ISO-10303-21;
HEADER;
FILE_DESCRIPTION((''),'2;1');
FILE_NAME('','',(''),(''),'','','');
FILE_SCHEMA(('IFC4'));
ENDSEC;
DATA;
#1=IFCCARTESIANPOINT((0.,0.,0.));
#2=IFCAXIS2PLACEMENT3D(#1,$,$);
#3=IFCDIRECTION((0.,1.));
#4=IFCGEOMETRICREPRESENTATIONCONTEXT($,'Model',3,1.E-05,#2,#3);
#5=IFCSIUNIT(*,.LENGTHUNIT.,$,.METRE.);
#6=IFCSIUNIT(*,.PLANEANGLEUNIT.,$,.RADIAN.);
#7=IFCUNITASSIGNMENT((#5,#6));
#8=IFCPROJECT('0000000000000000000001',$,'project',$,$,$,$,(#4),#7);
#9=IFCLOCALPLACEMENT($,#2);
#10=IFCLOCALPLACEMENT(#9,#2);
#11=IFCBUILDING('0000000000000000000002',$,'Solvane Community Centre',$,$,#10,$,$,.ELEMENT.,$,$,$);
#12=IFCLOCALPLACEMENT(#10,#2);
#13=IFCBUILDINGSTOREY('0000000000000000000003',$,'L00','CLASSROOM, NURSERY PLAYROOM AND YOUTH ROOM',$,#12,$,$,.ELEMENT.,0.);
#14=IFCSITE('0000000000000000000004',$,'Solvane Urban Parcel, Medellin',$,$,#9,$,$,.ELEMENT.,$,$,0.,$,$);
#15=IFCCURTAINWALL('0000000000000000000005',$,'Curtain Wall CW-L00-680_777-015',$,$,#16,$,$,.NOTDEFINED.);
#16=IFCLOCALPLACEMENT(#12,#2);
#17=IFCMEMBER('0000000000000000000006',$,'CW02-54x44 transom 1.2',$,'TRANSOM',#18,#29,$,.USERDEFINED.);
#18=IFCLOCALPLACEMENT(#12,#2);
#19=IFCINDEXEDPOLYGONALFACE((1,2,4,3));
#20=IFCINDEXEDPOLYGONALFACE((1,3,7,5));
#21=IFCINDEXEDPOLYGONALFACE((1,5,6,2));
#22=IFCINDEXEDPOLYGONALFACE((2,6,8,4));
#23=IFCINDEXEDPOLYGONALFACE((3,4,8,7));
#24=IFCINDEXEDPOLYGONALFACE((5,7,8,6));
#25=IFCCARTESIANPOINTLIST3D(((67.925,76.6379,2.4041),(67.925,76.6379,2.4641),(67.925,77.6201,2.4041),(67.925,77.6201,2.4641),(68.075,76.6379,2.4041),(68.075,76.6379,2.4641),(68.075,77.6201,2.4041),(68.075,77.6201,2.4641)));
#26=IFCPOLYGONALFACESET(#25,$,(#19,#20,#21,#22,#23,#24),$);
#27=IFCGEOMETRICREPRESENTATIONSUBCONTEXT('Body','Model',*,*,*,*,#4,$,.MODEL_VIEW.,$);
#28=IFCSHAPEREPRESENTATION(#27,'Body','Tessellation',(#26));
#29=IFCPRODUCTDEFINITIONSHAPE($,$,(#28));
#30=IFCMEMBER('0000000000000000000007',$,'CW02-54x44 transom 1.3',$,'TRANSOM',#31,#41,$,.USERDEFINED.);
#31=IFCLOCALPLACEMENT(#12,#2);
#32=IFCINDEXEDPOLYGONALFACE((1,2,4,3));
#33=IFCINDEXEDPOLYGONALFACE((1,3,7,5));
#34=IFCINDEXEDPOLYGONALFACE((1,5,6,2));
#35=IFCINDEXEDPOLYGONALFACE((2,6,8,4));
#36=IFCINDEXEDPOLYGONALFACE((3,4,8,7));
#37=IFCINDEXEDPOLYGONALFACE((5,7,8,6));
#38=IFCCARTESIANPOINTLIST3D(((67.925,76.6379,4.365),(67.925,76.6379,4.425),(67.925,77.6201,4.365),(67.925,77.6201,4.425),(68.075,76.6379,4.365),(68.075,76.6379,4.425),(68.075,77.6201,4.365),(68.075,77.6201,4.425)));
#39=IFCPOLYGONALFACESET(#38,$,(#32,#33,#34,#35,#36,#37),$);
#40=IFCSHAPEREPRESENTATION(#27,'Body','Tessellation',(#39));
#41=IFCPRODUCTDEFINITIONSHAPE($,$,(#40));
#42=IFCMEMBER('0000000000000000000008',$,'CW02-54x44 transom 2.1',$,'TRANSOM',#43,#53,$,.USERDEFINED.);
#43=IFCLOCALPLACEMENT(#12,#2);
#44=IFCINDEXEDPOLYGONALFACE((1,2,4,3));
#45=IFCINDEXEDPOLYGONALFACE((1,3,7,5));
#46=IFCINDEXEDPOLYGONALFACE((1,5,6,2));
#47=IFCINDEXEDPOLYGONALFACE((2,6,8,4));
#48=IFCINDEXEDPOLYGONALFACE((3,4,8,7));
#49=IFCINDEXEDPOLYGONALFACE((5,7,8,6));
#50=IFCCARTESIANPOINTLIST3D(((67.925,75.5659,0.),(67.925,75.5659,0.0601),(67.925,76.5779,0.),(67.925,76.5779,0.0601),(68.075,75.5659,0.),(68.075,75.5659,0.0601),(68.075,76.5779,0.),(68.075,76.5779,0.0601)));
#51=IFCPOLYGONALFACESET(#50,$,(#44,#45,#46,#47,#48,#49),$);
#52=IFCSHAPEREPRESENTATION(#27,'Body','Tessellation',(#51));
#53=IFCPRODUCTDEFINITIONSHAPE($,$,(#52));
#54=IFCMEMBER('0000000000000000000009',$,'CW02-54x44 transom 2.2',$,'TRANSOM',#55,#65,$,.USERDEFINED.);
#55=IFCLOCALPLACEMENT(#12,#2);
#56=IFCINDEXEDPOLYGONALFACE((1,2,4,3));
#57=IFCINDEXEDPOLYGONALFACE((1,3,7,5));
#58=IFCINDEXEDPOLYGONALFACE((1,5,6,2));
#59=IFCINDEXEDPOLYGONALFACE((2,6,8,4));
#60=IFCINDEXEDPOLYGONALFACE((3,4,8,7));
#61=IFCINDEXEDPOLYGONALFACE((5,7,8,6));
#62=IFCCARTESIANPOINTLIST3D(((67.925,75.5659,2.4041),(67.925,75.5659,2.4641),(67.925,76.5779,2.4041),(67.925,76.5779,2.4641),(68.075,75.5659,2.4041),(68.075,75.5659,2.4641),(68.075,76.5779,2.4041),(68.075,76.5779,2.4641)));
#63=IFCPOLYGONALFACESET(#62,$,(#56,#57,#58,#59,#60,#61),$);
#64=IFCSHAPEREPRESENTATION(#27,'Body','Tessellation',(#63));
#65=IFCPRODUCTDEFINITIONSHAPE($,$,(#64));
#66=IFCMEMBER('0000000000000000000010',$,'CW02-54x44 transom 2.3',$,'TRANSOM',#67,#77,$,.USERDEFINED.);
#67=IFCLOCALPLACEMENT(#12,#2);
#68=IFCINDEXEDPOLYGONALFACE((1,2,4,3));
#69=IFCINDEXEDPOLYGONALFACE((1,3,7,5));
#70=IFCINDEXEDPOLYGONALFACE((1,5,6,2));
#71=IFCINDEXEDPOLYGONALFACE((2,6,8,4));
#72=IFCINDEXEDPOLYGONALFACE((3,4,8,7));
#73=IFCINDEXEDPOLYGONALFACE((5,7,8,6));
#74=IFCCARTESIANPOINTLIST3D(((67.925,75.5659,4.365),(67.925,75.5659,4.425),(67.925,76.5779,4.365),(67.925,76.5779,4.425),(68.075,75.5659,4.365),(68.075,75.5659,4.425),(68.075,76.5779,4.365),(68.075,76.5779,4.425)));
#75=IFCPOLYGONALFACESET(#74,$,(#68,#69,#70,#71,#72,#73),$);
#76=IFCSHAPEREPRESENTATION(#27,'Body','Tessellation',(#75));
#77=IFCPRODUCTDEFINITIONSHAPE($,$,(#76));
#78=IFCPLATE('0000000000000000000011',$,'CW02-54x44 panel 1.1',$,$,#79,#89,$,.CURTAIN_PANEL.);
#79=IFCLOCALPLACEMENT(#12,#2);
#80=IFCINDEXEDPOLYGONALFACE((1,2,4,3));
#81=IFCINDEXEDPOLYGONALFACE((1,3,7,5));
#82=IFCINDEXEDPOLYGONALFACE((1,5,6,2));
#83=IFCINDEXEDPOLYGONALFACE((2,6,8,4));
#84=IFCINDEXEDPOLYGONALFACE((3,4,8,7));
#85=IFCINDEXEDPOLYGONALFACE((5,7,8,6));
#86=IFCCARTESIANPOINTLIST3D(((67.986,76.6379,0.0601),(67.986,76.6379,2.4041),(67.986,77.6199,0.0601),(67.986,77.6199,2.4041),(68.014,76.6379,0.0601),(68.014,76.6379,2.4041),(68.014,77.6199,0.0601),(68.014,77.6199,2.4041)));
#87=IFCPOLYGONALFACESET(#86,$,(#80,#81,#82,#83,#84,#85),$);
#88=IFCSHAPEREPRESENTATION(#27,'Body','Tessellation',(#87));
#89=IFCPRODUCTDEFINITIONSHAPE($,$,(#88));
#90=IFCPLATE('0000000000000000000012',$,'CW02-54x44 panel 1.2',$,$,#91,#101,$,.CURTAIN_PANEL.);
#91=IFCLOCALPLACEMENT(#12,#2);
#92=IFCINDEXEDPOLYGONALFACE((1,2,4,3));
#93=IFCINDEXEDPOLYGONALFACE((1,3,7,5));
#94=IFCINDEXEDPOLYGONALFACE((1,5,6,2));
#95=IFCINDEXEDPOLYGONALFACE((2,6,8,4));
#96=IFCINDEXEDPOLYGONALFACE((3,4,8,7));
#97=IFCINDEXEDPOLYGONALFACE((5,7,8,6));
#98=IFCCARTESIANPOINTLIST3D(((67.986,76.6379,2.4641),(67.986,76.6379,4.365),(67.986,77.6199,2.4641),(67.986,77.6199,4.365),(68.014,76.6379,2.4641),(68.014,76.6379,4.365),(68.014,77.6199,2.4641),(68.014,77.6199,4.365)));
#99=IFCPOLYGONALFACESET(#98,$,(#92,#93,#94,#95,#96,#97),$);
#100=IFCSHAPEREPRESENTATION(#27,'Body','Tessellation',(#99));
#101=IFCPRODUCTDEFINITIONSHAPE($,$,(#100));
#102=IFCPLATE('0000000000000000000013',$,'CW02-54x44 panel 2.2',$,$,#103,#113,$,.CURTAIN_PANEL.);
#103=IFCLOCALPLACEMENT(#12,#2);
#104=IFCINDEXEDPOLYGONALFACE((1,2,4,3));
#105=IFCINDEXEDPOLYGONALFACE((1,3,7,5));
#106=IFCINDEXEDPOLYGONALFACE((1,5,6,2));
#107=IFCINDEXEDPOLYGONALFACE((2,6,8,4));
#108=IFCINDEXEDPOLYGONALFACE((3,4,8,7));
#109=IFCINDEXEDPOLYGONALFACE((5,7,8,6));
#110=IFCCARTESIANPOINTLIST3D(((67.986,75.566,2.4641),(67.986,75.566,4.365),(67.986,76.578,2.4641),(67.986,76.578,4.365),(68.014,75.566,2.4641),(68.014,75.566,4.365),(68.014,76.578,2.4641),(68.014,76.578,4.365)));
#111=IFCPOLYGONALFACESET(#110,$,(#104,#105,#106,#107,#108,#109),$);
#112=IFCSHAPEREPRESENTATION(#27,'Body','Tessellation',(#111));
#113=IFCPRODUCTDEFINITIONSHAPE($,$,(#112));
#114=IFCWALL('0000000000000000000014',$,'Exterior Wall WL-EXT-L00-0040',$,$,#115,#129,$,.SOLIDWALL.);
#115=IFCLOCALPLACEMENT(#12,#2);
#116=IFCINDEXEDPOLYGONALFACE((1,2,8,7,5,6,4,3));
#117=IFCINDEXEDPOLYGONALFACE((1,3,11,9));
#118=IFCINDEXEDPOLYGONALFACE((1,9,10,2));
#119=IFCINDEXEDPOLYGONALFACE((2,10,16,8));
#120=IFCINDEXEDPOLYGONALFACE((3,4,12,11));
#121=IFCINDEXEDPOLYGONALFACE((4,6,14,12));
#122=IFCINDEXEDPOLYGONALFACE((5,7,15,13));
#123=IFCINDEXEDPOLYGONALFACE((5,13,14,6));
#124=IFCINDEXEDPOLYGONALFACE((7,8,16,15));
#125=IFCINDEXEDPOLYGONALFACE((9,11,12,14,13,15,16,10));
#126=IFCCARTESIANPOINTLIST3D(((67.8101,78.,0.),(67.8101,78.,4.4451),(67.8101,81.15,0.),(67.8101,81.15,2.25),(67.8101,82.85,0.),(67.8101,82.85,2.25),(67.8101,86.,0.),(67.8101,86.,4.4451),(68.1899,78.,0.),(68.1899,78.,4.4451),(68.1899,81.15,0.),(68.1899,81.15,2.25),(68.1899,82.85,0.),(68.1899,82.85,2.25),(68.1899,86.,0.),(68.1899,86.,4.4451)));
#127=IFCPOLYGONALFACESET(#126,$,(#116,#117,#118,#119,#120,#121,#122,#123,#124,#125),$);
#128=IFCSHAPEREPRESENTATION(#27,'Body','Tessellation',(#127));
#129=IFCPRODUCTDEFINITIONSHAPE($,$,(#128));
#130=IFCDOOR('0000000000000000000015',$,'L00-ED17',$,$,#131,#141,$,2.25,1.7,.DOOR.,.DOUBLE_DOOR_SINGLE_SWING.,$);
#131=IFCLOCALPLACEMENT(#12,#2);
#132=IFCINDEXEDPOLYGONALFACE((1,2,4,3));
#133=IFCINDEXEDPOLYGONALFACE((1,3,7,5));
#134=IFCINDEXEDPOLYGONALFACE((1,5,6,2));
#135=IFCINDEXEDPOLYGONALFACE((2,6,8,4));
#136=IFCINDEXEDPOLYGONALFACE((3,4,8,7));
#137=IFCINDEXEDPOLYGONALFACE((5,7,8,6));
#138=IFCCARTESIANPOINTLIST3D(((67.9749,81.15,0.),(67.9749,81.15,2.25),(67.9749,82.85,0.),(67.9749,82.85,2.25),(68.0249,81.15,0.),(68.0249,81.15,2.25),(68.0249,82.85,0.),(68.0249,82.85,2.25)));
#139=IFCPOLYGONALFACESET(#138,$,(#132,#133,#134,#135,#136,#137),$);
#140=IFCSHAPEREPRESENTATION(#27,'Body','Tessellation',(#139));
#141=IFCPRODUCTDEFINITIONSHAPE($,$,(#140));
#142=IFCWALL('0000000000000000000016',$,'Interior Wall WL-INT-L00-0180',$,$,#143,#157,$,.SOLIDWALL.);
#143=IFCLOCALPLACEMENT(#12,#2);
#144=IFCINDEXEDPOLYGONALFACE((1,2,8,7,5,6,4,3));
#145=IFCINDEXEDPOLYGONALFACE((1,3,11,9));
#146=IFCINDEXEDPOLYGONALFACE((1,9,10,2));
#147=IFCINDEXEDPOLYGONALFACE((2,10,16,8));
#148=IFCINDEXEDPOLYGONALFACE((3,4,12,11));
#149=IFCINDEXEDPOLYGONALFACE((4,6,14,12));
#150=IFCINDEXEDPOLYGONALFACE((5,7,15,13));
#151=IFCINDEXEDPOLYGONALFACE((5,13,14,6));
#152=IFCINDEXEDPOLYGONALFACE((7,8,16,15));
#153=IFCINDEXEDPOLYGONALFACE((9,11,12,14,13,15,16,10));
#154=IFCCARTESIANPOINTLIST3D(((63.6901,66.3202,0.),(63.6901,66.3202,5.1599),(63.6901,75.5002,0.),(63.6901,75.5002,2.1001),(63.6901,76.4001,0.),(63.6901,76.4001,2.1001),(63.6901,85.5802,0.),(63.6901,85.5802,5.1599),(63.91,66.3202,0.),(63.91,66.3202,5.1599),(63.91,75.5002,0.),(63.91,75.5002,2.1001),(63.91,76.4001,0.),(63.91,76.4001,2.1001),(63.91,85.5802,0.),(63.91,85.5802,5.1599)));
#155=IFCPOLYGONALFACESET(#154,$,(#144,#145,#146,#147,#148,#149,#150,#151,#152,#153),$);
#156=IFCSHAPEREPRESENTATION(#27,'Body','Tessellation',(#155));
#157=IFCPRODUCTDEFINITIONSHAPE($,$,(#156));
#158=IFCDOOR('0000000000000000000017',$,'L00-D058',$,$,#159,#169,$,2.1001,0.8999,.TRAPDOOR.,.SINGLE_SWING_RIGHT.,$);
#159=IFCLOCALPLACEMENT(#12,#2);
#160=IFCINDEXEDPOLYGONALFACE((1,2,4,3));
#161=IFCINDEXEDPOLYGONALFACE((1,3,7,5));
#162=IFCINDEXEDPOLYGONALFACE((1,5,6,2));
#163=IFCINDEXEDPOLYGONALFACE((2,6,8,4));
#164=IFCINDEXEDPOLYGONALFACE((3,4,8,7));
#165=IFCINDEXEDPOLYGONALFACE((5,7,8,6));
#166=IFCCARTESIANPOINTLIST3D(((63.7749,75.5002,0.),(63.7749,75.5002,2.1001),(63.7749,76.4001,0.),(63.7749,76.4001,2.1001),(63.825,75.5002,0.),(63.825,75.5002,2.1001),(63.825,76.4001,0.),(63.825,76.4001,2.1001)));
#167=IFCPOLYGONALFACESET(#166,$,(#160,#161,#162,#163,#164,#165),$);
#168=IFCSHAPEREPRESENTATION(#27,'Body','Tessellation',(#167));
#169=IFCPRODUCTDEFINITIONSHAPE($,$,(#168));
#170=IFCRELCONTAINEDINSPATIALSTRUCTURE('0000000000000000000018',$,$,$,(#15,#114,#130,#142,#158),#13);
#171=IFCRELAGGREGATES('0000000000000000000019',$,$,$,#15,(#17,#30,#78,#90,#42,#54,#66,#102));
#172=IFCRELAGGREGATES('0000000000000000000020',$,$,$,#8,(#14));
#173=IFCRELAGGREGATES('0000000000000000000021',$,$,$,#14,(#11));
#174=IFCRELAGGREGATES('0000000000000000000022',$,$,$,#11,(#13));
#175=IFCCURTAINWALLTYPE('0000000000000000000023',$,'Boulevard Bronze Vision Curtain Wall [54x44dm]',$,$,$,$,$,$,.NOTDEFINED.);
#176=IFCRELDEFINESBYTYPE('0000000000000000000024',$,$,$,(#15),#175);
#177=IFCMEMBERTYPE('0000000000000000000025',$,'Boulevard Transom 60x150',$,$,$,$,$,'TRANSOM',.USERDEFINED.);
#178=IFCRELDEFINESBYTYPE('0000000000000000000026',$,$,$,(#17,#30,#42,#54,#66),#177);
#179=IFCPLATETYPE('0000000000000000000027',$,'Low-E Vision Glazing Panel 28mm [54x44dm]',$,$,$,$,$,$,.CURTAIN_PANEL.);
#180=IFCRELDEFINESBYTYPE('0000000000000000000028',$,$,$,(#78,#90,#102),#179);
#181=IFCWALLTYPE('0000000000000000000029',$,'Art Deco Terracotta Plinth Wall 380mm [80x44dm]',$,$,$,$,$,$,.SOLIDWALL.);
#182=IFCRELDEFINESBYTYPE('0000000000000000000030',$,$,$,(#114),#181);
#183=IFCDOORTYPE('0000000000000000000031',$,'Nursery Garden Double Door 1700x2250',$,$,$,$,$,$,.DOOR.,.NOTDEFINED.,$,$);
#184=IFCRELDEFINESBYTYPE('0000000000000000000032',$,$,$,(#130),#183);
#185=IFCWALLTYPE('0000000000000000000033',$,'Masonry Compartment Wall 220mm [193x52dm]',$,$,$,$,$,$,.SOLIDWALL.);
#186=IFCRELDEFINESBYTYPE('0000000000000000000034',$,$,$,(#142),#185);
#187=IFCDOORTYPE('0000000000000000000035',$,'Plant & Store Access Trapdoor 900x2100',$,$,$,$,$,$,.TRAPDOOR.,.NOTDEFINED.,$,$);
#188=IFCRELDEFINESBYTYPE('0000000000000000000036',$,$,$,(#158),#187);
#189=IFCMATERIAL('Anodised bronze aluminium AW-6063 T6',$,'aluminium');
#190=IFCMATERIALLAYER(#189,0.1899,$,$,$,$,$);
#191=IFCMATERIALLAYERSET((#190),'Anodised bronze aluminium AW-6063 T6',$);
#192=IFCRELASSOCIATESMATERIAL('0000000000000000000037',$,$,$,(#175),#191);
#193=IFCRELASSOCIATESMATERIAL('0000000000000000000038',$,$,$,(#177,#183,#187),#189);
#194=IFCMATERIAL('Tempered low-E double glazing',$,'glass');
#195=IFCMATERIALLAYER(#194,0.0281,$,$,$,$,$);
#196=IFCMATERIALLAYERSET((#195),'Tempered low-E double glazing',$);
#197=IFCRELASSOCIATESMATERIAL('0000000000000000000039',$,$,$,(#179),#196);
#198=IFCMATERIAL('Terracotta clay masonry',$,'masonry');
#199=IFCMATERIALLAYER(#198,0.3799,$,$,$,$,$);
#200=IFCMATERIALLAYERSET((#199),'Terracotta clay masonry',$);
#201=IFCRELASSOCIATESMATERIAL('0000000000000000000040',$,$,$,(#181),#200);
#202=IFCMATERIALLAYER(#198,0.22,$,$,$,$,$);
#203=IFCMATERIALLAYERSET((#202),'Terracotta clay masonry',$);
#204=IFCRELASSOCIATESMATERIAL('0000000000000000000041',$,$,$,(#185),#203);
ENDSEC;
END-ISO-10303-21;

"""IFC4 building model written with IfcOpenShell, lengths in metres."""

from ifc_helpers import new_model, si_unit, direction, frame, frame_2d, origin, origin_2d, place, context, subcontext, project, spatial, rectangle, extrude, material, layer, layer_set, material_profile, profile_set, type_object, element, fill, aggregate, save


model = new_model("IFC4")

# Units and contexts
model_context = context("Model", 3, precision=1e-05, world=origin(), true_north=direction((0.0, 1.0)))
body_context = subcontext(model_context, "Body", "Model", "MODEL_VIEW")
ifc_project = project(units=[si_unit("LENGTHUNIT", "METRE"), si_unit("PLANEANGLEUNIT", "RADIAN")], contexts=[model_context])

# Site, building, storey
site_placement = place(None, origin())
site = spatial("IfcSite", under=ifc_project, at=site_placement, Name="Solvane Urban Parcel, Medellin", CompositionType="ELEMENT", RefElevation=0.0)
building_placement = place(site_placement, origin())
building = spatial("IfcBuilding", under=site, at=building_placement, Name="Solvane Community Centre", CompositionType="ELEMENT")
storey_placement = place(building_placement, origin())
storey = spatial("IfcBuildingStorey", under=building, at=storey_placement, Name="L00", Description="CLASSROOM, NURSERY PLAYROOM AND YOUTH ROOM", CompositionType="ELEMENT", Elevation=0.0)

# Curtain wall, members, plates
ifc_material_1 = material(Name="Anodised bronze aluminium AW-6063 T6", Category="aluminium")
ifc_layer_1 = layer(ifc_material_1, 0.1899)
ifc_layer_set_1 = layer_set([ifc_layer_1], Name="Anodised bronze aluminium AW-6063 T6")
curtain_wall_type = type_object("IfcCurtainWallType", Name="Boulevard Bronze Vision Curtain Wall [54x44dm]", PredefinedType="NOTDEFINED", material=ifc_layer_set_1)
curtain_wall_placement = place(storey_placement, origin())
curtain_wall = element("IfcCurtainWall", 1, at=curtain_wall_placement, inside=storey, type_object=curtain_wall_type, Name="Curtain Wall CW-L00-680_777-015", PredefinedType="NOTDEFINED")
ifc_material_profile_1 = material_profile(ifc_material_1, rectangle(XDim=0.1499, YDim=0.0601, at=origin_2d()), Name="CW-T 60x150")
ifc_profile_set_1 = profile_set([ifc_material_profile_1], Name="Anodised bronze aluminium AW-6063 T6")
member_type_1 = type_object("IfcMemberType", Name="Boulevard Transom 60x150", ElementType="TRANSOM", PredefinedType="USERDEFINED", material=ifc_profile_set_1)
member_1_placement = place(storey_placement, frame((68.0, 77.6201, 2.4341), z_axis=(0.0, -1.0, 0.0), x_axis=(1.0, 0.0, 0.0)))
member_1 = element("IfcMember", 2, at=member_1_placement, type_object=member_type_1, Name="CW02-54x44 transom 1.2", ObjectType="TRANSOM", PredefinedType="USERDEFINED", context=body_context, shape_type="SweptSolid", body=[
    extrude(rectangle(XDim=0.1499, YDim=0.0601, at=origin_2d()), origin(), (0.0, 0.0, 1.0), 0.9822),
])
member_2_placement = place(storey_placement, frame((68.0, 77.6201, 4.395), z_axis=(0.0, -1.0, 0.0), x_axis=(1.0, 0.0, 0.0)))
member_2 = element("IfcMember", 3, at=member_2_placement, type_object=member_type_1, Name="CW02-54x44 transom 1.3", ObjectType="TRANSOM", PredefinedType="USERDEFINED", context=body_context, shape_type="SweptSolid", body=[
    extrude(rectangle(XDim=0.1499, YDim=0.0601, at=origin_2d()), origin(), (0.0, 0.0, 1.0), 0.9822),
])
member_3_placement = place(storey_placement, frame((68.0, 76.5779, 0.03), z_axis=(0.0, -1.0, 0.0), x_axis=(1.0, 0.0, 0.0)))
member_3 = element("IfcMember", 4, at=member_3_placement, type_object=member_type_1, Name="CW02-54x44 transom 2.1", ObjectType="TRANSOM", PredefinedType="USERDEFINED", context=body_context, shape_type="SweptSolid", body=[
    extrude(rectangle(XDim=0.1499, YDim=0.0601, at=origin_2d()), origin(), (0.0, 0.0, 1.0), 1.012),
])
member_4_placement = place(storey_placement, frame((68.0, 76.5779, 2.4341), z_axis=(0.0, -1.0, 0.0), x_axis=(1.0, 0.0, 0.0)))
member_4 = element("IfcMember", 5, at=member_4_placement, type_object=member_type_1, Name="CW02-54x44 transom 2.2", ObjectType="TRANSOM", PredefinedType="USERDEFINED", context=body_context, shape_type="SweptSolid", body=[
    extrude(rectangle(XDim=0.1499, YDim=0.0601, at=origin_2d()), origin(), (0.0, 0.0, 1.0), 1.012),
])
member_5_placement = place(storey_placement, frame((68.0, 76.5779, 4.395), z_axis=(0.0, -1.0, 0.0), x_axis=(1.0, 0.0, 0.0)))
member_5 = element("IfcMember", 6, at=member_5_placement, type_object=member_type_1, Name="CW02-54x44 transom 2.3", ObjectType="TRANSOM", PredefinedType="USERDEFINED", context=body_context, shape_type="SweptSolid", body=[
    extrude(rectangle(XDim=0.1499, YDim=0.0601, at=origin_2d()), origin(), (0.0, 0.0, 1.0), 1.012),
])
ifc_material_2 = material(Name="Tempered low-E double glazing", Category="glass")
ifc_layer_2 = layer(ifc_material_2, 0.0281)
ifc_layer_set_2 = layer_set([ifc_layer_2], Name="Tempered low-E double glazing")
plate_type = type_object("IfcPlateType", Name="Low-E Vision Glazing Panel 28mm [54x44dm]", PredefinedType="CURTAIN_PANEL", material=ifc_layer_set_2)
plate_1_placement = place(storey_placement, frame((68.0, 77.1289, 0.0601), z_axis=(0.0, 0.0, 1.0), x_axis=(0.0, -1.0, 0.0)))
plate_1 = element("IfcPlate", 7, at=plate_1_placement, type_object=plate_type, Name="CW02-54x44 panel 1.1", PredefinedType="CURTAIN_PANEL", context=body_context, shape_type="SweptSolid", body=[
    extrude(rectangle(XDim=0.9819, YDim=0.0281, at=origin_2d()), origin(), (0.0, 0.0, 1.0), 2.344),
])
plate_2_placement = place(storey_placement, frame((68.0, 77.1289, 2.4641), z_axis=(0.0, 0.0, 1.0), x_axis=(0.0, -1.0, 0.0)))
plate_2 = element("IfcPlate", 8, at=plate_2_placement, type_object=plate_type, Name="CW02-54x44 panel 1.2", PredefinedType="CURTAIN_PANEL", context=body_context, shape_type="SweptSolid", body=[
    extrude(rectangle(XDim=0.9819, YDim=0.0281, at=origin_2d()), origin(), (0.0, 0.0, 1.0), 1.9009),
])
plate_3_placement = place(storey_placement, frame((68.0, 76.072, 2.4641), z_axis=(0.0, 0.0, 1.0), x_axis=(0.0, -1.0, 0.0)))
plate_3 = element("IfcPlate", 9, at=plate_3_placement, type_object=plate_type, Name="CW02-54x44 panel 2.2", PredefinedType="CURTAIN_PANEL", context=body_context, shape_type="SweptSolid", body=[
    extrude(rectangle(XDim=1.012, YDim=0.0281, at=origin_2d()), origin(), (0.0, 0.0, 1.0), 1.9009),
])
aggregate(curtain_wall, [member_1, member_2, plate_1, plate_2, member_3, member_4, member_5, plate_3])

# Walls, openings, doors
ifc_material_3 = material(Name="Terracotta clay masonry", Category="masonry")
ifc_layer_3 = layer(ifc_material_3, 0.3799)
ifc_layer_set_3 = layer_set([ifc_layer_3], Name="Terracotta clay masonry")
wall_type_1 = type_object("IfcWallType", Name="Art Deco Terracotta Plinth Wall 380mm [80x44dm]", PredefinedType="SOLIDWALL", material=ifc_layer_set_3)
wall_1_placement = place(storey_placement, frame((68.0, 86.0, 0.0), z_axis=(0.0, 0.0, 1.0), x_axis=(0.0, -1.0, 0.0)))
wall_1 = element("IfcWall", 10, at=wall_1_placement, inside=storey, type_object=wall_type_1, Name="Exterior Wall WL-EXT-L00-0040", PredefinedType="SOLIDWALL", context=body_context, shape_type="SweptSolid", body=[
    extrude(rectangle(XDim=8.0, YDim=0.3799, at=frame_2d((4.0, 0.0))), origin(), (0.0, 0.0, 1.0), 4.4451),
])
opening_1_placement = place(wall_1_placement, frame((3.1499, 0.0, 0.0)))
opening_1 = element("IfcOpeningElement", 11, at=opening_1_placement, cuts=wall_1, PredefinedType="OPENING", context=body_context, shape_type="SweptSolid", body=[
    extrude(rectangle(XDim=1.7, YDim=2.25, at=frame_2d((0.8501, 1.125))), frame((0.0, 0.2, 0.0), z_axis=(0.0, -1.0, 0.0), x_axis=(1.0, 0.0, 0.0)), (0.0, 0.0, 1.0), 0.3999),
])
door_type_1 = type_object("IfcDoorType", Name="Nursery Garden Double Door 1700x2250", OperationType="NOTDEFINED", PredefinedType="DOOR", material=ifc_material_1)
door_1_placement = place(opening_1_placement, origin())
door_1 = element("IfcDoor", 12, at=door_1_placement, inside=storey, type_object=door_type_1, Name="L00-ED17", OperationType="DOUBLE_DOOR_SINGLE_SWING", OverallHeight=2.25, OverallWidth=1.7, PredefinedType="DOOR", context=body_context, shape_type="SweptSolid", body=[
    extrude(rectangle(XDim=1.7, YDim=2.25, at=frame_2d((0.8501, 1.125))), frame((0.0, 0.0249, 0.0), z_axis=(0.0, -1.0, 0.0), x_axis=(1.0, 0.0, 0.0)), (0.0, 0.0, 1.0), 0.05),
])
fill(opening_1, door_1)
ifc_layer_4 = layer(ifc_material_3, 0.22)
ifc_layer_set_4 = layer_set([ifc_layer_4], Name="Terracotta clay masonry")
wall_type_2 = type_object("IfcWallType", Name="Masonry Compartment Wall 220mm [193x52dm]", PredefinedType="SOLIDWALL", material=ifc_layer_set_4)
wall_2_placement = place(storey_placement, frame((63.8, 85.5801, 0.0), z_axis=(0.0, 0.0, 1.0), x_axis=(0.0, -1.0, 0.0)))
wall_2 = element("IfcWall", 13, at=wall_2_placement, inside=storey, type_object=wall_type_2, Name="Interior Wall WL-INT-L00-0180", PredefinedType="SOLIDWALL", context=body_context, shape_type="SweptSolid", body=[
    extrude(rectangle(XDim=19.26, YDim=0.22, at=frame_2d((9.6299, 0.0))), origin(), (0.0, 0.0, 1.0), 5.1599),
])
opening_2_placement = place(wall_2_placement, frame((9.1799, 0.0, 0.0)))
opening_2 = element("IfcOpeningElement", 14, at=opening_2_placement, cuts=wall_2, PredefinedType="OPENING", context=body_context, shape_type="SweptSolid", body=[
    extrude(rectangle(XDim=0.8999, YDim=2.1001, at=frame_2d((0.45, 1.05))), frame((0.0, 0.1199, 0.0), z_axis=(0.0, -1.0, 0.0), x_axis=(1.0, 0.0, 0.0)), (0.0, 0.0, 1.0), 0.24),
])
door_type_2 = type_object("IfcDoorType", Name="Plant & Store Access Trapdoor 900x2100", OperationType="NOTDEFINED", PredefinedType="TRAPDOOR", material=ifc_material_1)
door_2_placement = place(opening_2_placement, origin())
door_2 = element("IfcDoor", 15, at=door_2_placement, inside=storey, type_object=door_type_2, Name="L00-D058", OperationType="SINGLE_SWING_RIGHT", OverallHeight=2.1001, OverallWidth=0.8999, PredefinedType="TRAPDOOR", context=body_context, shape_type="SweptSolid", body=[
    extrude(rectangle(XDim=0.8999, YDim=2.1001, at=frame_2d((0.45, 1.05))), frame((0.0, 0.0249, 0.0), z_axis=(0.0, -1.0, 0.0), x_axis=(1.0, 0.0, 0.0)), (0.0, 0.0, 1.0), 0.05),
])
fill(opening_2, door_2)

save(model, "model.ifc")
